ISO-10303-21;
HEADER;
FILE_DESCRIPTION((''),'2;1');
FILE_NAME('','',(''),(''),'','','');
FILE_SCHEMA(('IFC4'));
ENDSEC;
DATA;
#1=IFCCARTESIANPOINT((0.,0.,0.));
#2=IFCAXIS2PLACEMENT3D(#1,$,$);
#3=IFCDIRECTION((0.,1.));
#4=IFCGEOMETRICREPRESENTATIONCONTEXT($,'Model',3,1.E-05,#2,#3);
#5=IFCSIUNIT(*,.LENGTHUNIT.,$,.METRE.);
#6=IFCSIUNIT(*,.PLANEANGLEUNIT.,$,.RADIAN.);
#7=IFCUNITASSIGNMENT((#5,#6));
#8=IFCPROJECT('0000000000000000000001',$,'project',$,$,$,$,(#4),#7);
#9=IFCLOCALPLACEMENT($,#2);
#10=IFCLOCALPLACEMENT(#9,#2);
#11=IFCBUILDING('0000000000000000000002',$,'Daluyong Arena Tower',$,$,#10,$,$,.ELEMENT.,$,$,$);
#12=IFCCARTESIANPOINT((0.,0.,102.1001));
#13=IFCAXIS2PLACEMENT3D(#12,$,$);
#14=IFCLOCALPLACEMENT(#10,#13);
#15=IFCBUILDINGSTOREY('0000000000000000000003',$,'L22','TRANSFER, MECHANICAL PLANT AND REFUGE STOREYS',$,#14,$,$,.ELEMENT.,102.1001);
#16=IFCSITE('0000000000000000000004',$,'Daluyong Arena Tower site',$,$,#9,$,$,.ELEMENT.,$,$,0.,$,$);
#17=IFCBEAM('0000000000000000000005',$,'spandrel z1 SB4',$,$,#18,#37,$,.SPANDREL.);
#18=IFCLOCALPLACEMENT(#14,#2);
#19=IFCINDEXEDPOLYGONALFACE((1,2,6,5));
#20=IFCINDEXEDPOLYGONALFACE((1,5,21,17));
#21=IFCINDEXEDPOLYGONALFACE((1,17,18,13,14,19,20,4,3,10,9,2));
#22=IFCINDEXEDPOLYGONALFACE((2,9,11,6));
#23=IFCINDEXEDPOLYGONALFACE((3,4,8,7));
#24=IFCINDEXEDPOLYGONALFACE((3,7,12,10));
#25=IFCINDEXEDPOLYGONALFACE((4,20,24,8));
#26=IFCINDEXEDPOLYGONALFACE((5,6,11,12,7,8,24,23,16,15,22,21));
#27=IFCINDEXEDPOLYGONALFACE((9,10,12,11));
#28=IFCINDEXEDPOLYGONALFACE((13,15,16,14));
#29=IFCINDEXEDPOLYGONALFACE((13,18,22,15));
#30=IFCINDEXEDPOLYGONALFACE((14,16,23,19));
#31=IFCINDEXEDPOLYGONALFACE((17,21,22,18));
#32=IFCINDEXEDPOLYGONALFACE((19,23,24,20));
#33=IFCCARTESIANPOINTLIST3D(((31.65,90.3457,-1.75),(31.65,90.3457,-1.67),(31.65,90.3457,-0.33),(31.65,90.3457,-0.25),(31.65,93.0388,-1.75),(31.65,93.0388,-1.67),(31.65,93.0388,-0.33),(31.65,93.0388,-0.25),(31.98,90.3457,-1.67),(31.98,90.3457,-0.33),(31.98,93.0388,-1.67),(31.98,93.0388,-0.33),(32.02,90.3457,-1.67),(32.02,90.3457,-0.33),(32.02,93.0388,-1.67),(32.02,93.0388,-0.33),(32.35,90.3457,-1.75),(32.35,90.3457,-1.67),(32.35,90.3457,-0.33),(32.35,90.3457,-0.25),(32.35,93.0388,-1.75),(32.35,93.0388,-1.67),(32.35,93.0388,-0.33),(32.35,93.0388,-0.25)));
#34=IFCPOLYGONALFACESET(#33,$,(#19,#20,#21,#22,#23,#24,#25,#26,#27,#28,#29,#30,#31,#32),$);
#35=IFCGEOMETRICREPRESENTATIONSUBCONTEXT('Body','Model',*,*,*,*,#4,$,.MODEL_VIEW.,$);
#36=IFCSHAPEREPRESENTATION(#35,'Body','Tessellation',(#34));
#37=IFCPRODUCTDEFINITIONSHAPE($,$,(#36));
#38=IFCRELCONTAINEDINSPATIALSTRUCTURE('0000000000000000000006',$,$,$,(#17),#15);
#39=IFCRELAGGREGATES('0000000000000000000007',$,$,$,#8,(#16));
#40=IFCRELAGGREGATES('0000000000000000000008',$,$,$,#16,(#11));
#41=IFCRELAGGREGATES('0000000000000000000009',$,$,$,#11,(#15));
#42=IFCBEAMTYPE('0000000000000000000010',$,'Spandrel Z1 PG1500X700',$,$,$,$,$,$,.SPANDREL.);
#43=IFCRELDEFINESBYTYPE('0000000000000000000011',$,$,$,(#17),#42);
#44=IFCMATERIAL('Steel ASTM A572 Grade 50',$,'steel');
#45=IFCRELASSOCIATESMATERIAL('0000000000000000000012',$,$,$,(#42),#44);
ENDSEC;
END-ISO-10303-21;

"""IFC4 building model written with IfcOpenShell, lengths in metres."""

from ifc_helpers import new_model, si_unit, direction, frame, origin, origin_2d, place, context, subcontext, project, spatial, i_section, extrude, material, material_profile, profile_set, type_object, element, save


model = new_model("IFC4")

# Units and contexts
model_context = context("Model", 3, precision=1e-05, world=origin(), true_north=direction((0.0, 1.0)))
body_context = subcontext(model_context, "Body", "Model", "MODEL_VIEW")
ifc_project = project(units=[si_unit("LENGTHUNIT", "METRE"), si_unit("PLANEANGLEUNIT", "RADIAN")], contexts=[model_context])

# Site, building, storey
site_placement = place(None, origin())
site = spatial("IfcSite", under=ifc_project, at=site_placement, Name="Daluyong Arena Tower site", CompositionType="ELEMENT", RefElevation=0.0)
building_placement = place(site_placement, origin())
building = spatial("IfcBuilding", under=site, at=building_placement, Name="Daluyong Arena Tower", CompositionType="ELEMENT")
storey_placement = place(building_placement, frame((0.0, 0.0, 102.1001)))
storey = spatial("IfcBuildingStorey", under=building, at=storey_placement, Name="L22", Description="TRANSFER, MECHANICAL PLANT AND REFUGE STOREYS", CompositionType="ELEMENT", Elevation=102.1001)

# Beam
ifc_material_1 = material(Name="Steel ASTM A572 Grade 50", Category="steel")
ifc_material_profile_1 = material_profile(ifc_material_1, i_section(OverallWidth=0.7, OverallDepth=1.5, WebThickness=0.04, FlangeThickness=0.08, at=origin_2d()))
ifc_profile_set_1 = profile_set([ifc_material_profile_1], Name="Steel ASTM A572 Grade 50")
beam_type_1 = type_object("IfcBeamType", Name="Spandrel Z1 PG1500X700", PredefinedType="SPANDREL", material=ifc_profile_set_1)
for number, where, z_axis, x_axis, name in (
    (1, (32.0, 93.0388, -1.0), (0.0, -1.0, 0.0), (1.0, 0.0, 0.0), "spandrel z1 SB4"),
):
    element("IfcBeam", number, at=place(storey_placement, frame(where, z_axis=z_axis, x_axis=x_axis)), inside=storey, type_object=beam_type_1, Name=name, PredefinedType="SPANDREL", context=body_context, shape_type="SweptSolid", body=[
        extrude(i_section(OverallWidth=0.7, OverallDepth=1.5, WebThickness=0.04, FlangeThickness=0.08, at=origin_2d()), origin(), (0.0, 0.0, 1.0), 2.6931),
    ])

save(model, "model.ifc")
